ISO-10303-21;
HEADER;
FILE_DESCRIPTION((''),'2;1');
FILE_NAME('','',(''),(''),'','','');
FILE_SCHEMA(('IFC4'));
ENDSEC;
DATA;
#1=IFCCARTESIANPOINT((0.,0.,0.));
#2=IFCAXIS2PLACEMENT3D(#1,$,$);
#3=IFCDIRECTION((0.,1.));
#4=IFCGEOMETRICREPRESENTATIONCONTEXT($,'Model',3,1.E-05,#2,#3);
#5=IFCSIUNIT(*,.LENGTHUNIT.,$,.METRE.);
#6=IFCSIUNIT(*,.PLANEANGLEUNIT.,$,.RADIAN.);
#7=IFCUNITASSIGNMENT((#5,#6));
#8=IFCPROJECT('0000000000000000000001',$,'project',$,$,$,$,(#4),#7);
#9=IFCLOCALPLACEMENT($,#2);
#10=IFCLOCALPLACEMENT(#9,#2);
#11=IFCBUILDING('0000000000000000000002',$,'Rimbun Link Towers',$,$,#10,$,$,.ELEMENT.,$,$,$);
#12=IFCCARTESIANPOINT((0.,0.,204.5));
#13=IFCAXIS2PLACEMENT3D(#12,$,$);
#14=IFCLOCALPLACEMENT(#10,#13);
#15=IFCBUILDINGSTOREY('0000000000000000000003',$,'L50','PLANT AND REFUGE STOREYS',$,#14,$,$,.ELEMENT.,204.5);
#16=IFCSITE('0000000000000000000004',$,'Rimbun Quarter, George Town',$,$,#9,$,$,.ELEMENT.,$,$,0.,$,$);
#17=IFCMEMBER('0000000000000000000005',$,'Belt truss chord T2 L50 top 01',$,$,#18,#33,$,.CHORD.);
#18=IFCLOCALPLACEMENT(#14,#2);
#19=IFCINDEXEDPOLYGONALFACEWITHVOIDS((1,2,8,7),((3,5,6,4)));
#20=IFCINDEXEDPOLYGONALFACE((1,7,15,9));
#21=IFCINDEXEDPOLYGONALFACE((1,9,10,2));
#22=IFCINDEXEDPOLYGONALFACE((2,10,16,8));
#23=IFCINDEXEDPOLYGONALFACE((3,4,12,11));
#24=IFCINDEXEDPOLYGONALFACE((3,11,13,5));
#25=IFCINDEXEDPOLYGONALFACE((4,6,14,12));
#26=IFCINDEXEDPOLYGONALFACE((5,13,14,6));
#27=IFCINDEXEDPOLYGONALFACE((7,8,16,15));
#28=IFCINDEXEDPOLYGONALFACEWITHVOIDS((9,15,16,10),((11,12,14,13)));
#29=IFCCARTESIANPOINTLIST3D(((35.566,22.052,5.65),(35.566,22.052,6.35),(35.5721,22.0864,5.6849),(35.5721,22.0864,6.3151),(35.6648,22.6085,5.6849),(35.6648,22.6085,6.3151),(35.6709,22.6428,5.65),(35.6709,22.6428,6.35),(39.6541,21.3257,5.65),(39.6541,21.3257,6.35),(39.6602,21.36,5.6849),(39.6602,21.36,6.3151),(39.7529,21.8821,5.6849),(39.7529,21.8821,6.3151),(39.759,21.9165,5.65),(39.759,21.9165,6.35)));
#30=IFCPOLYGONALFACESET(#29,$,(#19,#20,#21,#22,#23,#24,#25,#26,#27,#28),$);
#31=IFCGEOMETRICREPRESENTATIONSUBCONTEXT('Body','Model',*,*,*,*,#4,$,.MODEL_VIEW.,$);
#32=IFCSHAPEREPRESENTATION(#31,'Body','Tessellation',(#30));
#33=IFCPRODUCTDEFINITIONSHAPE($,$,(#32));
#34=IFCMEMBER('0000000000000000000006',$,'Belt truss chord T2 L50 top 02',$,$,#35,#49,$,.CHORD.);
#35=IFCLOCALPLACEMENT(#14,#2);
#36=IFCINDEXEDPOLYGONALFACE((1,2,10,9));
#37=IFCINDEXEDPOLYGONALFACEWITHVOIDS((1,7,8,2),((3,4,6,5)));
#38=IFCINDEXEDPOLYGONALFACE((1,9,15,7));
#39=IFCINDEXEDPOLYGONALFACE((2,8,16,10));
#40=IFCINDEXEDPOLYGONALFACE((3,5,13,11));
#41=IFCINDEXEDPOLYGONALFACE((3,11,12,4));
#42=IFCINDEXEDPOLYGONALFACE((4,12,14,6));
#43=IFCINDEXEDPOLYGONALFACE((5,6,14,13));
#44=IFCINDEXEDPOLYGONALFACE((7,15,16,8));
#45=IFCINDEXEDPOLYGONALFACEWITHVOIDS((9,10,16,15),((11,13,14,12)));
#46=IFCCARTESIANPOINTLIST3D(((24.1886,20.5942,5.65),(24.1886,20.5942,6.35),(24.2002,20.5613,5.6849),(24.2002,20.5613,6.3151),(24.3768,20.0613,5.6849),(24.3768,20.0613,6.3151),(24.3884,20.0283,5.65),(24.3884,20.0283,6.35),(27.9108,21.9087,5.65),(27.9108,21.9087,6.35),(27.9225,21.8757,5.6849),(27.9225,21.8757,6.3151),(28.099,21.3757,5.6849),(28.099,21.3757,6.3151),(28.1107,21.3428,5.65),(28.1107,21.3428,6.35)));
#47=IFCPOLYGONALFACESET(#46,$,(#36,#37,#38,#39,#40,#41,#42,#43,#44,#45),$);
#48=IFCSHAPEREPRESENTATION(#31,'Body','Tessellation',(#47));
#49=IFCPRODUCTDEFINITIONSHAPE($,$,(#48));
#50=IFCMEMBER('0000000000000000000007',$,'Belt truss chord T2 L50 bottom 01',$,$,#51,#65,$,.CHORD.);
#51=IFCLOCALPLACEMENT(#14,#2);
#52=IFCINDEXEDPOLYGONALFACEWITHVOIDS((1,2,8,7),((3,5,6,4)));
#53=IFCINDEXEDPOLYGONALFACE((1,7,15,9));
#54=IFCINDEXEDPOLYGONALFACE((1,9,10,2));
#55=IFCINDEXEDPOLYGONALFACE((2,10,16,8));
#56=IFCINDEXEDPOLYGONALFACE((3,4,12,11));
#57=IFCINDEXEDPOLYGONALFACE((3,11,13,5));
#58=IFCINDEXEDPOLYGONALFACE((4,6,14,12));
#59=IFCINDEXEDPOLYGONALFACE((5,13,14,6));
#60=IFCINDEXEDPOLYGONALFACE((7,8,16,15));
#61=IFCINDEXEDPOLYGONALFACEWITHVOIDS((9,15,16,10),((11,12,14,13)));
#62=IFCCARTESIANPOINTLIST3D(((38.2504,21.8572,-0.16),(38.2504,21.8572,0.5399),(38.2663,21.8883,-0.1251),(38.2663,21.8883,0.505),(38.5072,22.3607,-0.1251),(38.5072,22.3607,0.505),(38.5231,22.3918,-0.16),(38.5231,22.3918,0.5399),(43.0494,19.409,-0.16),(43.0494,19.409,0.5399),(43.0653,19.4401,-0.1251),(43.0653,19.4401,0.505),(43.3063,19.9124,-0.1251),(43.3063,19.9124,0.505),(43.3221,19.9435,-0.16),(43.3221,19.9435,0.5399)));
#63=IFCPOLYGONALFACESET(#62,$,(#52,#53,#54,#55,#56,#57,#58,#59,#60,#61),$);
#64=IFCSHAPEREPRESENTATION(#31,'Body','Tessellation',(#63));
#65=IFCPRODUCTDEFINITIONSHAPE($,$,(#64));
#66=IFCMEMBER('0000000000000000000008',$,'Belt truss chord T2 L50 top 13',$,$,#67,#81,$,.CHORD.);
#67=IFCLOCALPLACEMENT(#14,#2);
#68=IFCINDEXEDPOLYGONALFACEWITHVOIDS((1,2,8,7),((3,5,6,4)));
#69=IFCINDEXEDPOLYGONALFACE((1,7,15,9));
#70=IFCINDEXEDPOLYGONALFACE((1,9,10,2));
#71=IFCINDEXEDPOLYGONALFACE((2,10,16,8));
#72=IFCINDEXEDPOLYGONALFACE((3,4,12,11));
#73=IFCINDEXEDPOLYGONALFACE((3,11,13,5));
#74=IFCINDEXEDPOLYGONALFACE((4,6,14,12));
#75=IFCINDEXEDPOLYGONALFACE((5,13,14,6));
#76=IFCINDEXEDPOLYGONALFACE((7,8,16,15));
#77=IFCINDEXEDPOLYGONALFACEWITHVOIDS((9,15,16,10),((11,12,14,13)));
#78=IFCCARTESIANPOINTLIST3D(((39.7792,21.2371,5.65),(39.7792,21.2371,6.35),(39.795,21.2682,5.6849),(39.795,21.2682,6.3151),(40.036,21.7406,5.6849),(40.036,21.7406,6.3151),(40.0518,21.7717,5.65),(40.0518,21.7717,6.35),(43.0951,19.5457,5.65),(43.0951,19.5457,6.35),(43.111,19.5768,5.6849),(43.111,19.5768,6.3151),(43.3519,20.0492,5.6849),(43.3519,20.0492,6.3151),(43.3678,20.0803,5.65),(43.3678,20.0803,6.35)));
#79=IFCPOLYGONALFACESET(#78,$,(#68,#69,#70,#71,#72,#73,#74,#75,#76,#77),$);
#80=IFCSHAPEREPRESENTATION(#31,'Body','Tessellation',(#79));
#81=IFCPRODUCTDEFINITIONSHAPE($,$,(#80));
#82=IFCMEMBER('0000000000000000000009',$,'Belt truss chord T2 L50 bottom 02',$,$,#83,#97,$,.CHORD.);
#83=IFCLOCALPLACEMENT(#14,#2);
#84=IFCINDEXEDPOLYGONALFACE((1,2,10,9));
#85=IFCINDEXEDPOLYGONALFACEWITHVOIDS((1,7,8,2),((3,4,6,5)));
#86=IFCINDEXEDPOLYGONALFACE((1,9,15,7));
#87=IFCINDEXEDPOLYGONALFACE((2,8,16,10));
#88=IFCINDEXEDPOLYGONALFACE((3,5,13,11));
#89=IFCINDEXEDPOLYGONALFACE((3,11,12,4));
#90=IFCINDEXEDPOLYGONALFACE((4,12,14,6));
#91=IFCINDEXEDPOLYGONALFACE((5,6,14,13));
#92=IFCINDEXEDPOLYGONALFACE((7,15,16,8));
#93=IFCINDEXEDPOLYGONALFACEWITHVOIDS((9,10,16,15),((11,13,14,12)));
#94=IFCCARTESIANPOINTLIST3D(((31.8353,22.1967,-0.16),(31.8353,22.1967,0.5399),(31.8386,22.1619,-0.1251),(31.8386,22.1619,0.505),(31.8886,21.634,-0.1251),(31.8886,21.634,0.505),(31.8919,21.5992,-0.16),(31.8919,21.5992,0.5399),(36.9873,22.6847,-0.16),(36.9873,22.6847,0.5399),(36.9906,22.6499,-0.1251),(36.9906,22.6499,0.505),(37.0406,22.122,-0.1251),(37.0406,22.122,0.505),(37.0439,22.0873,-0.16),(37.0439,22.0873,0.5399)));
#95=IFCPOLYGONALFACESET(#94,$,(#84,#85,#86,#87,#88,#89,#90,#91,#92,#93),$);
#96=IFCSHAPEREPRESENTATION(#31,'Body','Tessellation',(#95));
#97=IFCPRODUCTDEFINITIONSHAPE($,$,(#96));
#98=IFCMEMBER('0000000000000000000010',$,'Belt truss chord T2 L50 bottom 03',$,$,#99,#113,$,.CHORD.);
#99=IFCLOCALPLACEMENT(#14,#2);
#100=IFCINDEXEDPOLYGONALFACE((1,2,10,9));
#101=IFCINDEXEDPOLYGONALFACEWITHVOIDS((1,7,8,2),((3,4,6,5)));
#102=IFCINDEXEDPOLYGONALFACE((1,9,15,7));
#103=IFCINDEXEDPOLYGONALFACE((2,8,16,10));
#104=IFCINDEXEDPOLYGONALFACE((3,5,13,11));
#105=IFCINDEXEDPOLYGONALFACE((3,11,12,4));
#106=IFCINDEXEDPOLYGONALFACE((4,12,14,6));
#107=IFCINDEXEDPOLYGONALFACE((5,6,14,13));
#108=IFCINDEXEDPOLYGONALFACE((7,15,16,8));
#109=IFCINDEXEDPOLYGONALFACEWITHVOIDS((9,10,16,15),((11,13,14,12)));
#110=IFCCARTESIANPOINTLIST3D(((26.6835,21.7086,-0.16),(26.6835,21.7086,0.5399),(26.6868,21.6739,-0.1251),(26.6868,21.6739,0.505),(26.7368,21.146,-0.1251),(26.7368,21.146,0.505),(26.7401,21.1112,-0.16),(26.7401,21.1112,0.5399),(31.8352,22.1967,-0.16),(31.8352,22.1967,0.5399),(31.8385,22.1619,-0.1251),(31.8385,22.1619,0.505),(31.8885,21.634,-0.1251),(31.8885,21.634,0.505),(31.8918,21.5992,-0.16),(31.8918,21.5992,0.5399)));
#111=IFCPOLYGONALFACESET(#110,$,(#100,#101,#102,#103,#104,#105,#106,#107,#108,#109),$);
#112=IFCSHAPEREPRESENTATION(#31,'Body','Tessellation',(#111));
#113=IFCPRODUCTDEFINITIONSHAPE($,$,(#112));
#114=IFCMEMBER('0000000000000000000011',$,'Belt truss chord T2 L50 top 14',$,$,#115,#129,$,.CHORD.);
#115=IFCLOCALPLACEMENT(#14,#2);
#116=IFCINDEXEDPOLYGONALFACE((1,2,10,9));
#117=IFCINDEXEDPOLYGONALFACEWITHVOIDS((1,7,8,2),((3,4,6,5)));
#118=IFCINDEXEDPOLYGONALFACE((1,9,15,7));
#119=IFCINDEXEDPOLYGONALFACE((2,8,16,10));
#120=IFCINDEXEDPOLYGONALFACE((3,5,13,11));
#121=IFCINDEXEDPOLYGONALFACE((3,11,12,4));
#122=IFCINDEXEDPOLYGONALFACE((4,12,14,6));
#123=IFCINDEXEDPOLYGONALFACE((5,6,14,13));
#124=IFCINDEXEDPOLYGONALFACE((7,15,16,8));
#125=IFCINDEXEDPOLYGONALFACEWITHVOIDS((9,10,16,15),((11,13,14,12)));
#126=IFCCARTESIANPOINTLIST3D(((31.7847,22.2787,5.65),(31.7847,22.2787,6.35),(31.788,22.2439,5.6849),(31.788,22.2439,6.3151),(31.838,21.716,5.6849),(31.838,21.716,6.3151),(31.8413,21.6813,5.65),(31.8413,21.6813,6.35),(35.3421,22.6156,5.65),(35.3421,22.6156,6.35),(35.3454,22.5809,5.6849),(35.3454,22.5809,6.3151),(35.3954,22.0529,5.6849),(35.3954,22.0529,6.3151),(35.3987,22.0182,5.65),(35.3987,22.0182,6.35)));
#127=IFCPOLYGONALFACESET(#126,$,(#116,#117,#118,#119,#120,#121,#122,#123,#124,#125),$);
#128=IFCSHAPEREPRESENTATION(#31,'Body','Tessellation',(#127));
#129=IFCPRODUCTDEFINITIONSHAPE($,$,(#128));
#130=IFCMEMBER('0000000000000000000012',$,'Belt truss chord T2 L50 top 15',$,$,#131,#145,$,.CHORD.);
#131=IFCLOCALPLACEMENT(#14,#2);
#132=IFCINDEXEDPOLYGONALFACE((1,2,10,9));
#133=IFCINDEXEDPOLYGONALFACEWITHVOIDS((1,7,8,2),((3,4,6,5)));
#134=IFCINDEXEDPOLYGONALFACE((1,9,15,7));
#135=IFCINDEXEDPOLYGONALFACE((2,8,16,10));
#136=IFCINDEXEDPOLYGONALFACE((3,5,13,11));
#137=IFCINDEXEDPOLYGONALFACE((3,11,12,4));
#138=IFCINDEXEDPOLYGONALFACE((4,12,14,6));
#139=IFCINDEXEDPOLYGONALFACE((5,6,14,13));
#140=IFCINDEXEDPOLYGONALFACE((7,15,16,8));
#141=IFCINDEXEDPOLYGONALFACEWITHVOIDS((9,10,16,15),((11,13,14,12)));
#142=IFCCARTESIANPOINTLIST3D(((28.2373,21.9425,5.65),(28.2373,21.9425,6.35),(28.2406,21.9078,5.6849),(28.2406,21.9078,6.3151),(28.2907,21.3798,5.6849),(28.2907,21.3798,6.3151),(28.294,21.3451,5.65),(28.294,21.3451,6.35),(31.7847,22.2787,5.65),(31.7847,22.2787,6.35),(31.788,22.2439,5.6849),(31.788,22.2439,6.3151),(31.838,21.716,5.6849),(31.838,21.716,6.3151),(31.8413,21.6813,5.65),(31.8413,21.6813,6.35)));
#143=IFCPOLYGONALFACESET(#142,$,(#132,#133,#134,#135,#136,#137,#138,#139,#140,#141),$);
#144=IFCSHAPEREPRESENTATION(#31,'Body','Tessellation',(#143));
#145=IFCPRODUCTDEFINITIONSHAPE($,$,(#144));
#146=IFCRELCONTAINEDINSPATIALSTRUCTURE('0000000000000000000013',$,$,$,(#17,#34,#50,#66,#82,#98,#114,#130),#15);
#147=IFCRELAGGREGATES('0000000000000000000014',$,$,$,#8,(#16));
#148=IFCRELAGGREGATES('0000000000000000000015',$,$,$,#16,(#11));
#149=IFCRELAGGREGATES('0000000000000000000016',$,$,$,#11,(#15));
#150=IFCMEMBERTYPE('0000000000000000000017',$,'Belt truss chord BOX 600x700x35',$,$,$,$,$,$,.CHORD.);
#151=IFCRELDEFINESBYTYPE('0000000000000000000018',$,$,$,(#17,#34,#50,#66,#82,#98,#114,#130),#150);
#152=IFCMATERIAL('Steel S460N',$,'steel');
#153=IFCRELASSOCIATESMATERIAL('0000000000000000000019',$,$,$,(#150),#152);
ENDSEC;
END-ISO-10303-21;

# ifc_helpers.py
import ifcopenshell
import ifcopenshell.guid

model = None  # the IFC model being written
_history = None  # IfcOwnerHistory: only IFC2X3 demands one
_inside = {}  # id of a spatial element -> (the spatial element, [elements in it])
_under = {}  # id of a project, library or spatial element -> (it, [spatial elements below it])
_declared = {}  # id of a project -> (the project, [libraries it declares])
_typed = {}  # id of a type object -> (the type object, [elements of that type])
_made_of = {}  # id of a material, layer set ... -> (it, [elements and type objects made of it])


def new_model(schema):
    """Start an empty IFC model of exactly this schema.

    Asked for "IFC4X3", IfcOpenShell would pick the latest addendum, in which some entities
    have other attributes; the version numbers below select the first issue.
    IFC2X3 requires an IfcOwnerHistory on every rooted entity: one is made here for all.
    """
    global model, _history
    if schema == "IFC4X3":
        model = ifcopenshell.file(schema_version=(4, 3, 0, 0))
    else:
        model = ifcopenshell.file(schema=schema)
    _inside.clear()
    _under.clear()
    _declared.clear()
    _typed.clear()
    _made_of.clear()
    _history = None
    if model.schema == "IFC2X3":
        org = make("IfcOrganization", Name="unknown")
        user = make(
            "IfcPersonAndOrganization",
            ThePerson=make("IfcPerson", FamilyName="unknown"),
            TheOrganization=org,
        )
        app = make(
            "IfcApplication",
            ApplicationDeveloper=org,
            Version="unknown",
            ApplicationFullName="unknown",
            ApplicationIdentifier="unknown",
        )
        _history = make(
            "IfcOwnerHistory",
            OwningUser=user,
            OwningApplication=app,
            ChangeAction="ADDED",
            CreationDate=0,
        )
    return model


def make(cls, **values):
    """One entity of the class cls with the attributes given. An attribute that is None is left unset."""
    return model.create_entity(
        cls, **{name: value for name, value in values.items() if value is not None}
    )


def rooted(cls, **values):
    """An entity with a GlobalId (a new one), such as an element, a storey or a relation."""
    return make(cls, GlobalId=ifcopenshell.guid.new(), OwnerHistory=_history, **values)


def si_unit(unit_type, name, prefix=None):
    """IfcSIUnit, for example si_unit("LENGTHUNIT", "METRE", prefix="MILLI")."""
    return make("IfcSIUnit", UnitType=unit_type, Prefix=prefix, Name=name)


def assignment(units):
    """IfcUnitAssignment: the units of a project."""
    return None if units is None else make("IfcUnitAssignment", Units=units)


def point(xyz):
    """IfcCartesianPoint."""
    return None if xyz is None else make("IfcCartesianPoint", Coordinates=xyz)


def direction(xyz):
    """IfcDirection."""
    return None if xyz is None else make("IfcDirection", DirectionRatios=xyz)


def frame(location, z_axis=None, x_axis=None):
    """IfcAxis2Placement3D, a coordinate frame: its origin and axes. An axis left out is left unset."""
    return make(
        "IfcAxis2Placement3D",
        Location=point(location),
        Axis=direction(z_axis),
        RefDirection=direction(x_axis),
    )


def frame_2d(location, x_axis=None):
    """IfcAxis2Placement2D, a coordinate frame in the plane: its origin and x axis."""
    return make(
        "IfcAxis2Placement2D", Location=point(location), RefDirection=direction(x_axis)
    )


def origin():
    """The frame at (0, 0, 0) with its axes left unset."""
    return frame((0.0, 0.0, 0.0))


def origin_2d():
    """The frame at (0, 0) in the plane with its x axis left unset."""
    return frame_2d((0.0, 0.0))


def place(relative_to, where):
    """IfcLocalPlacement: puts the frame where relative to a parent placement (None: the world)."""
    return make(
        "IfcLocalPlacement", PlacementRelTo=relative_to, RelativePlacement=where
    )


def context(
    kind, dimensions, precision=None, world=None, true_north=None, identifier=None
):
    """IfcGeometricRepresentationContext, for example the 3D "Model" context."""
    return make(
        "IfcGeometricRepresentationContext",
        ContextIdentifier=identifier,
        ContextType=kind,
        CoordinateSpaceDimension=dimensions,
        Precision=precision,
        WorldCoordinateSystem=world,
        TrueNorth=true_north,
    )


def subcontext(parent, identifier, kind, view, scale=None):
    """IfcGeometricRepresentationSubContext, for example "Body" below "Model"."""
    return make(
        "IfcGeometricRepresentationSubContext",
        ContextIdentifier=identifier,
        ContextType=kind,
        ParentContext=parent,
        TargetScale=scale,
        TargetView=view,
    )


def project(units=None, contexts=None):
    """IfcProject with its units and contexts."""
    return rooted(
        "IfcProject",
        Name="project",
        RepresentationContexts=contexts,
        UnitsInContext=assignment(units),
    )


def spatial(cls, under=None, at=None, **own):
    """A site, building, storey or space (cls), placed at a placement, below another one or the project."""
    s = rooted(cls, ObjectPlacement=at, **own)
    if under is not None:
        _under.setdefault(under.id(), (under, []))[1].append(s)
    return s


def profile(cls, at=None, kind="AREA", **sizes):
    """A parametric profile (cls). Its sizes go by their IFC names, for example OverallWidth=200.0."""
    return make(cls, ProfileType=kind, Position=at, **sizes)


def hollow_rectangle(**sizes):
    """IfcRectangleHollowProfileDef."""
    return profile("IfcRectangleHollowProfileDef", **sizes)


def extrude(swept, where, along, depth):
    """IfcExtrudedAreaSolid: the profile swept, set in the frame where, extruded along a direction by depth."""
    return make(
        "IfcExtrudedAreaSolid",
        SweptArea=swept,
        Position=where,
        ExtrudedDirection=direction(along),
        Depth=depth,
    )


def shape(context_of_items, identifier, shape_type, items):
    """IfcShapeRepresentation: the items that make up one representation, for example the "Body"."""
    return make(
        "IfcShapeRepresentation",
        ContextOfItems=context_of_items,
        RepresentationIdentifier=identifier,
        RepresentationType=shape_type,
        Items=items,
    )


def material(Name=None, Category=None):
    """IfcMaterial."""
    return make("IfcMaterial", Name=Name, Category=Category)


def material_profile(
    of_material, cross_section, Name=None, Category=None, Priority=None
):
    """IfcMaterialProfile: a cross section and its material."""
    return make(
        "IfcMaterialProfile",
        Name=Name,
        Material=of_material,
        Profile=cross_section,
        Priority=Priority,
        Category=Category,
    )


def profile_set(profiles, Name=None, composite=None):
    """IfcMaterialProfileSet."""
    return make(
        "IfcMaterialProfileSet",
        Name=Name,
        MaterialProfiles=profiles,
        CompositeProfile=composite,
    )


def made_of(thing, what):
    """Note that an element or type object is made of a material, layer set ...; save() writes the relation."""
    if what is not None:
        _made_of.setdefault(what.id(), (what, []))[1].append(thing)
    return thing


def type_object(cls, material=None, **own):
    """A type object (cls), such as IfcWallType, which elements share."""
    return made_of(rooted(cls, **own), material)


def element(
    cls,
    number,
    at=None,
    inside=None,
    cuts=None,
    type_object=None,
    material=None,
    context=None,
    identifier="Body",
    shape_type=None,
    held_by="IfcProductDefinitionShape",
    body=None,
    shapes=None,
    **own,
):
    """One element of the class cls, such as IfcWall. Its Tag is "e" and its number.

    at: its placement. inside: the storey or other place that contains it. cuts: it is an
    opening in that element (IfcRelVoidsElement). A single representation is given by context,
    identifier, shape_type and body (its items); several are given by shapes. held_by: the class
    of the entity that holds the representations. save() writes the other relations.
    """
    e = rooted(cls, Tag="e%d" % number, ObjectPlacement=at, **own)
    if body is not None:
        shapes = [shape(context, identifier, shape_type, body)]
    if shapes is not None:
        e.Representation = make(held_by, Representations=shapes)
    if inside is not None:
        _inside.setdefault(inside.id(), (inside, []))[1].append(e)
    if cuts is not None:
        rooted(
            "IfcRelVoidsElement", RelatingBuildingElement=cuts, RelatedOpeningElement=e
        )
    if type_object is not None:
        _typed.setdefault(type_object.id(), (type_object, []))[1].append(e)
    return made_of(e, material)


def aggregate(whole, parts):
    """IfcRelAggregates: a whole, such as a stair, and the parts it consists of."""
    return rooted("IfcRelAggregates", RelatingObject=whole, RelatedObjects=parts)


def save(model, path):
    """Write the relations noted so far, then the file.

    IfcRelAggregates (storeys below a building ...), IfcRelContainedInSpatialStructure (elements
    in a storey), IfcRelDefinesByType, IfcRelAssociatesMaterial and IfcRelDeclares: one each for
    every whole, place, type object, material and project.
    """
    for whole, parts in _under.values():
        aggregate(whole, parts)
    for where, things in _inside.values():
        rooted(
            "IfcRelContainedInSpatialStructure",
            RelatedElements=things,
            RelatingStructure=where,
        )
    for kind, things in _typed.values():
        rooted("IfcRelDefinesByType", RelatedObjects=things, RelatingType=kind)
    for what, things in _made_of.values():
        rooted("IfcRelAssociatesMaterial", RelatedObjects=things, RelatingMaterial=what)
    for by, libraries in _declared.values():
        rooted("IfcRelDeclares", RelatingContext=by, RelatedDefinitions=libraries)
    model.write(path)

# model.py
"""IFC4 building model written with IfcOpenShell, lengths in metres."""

from ifc_helpers import new_model, si_unit, direction, frame, origin, origin_2d, place, context, subcontext, project, spatial, hollow_rectangle, extrude, material, material_profile, profile_set, type_object, element, save


model = new_model("IFC4")

# Units and contexts
model_context = context("Model", 3, precision=1e-05, world=origin(), true_north=direction((0.0, 1.0)))
body_context = subcontext(model_context, "Body", "Model", "MODEL_VIEW")
ifc_project = project(units=[si_unit("LENGTHUNIT", "METRE"), si_unit("PLANEANGLEUNIT", "RADIAN")], contexts=[model_context])

# Site, building, storey
site_placement = place(None, origin())
site = spatial("IfcSite", under=ifc_project, at=site_placement, Name="Rimbun Quarter, George Town", CompositionType="ELEMENT", RefElevation=0.0)
building_placement = place(site_placement, origin())
building = spatial("IfcBuilding", under=site, at=building_placement, Name="Rimbun Link Towers", CompositionType="ELEMENT")
storey_placement = place(building_placement, frame((0.0, 0.0, 204.5)))
storey = spatial("IfcBuildingStorey", under=building, at=storey_placement, Name="L50", Description="PLANT AND REFUGE STOREYS", CompositionType="ELEMENT", Elevation=204.5)

# Members
ifc_material_1 = material(Name="Steel S460N", Category="steel")
ifc_material_profile_1 = material_profile(ifc_material_1, hollow_rectangle(XDim=0.6001, YDim=0.7, WallThickness=0.0349, at=origin_2d()), Name="Belt truss chord BOX 600x700x35")
ifc_profile_set_1 = profile_set([ifc_material_profile_1], Name="Steel S460N")
member_type_1 = type_object("IfcMemberType", Name="Belt truss chord BOX 600x700x35", PredefinedType="CHORD", material=ifc_profile_set_1)
member_1_placement = place(storey_placement, frame((39.7065, 21.6211, 6.0), z_axis=(-0.984582, 0.174926, 0.0), x_axis=(-0.174926, -0.984582, 0.0)))
element("IfcMember", 1, at=member_1_placement, inside=storey, type_object=member_type_1, Name="Belt truss chord T2 L50 top 01", PredefinedType="CHORD", context=body_context, shape_type="SweptSolid", body=[
    extrude(hollow_rectangle(XDim=0.6001, YDim=0.7, WallThickness=0.0349, at=origin_2d()), origin(), (0.0, 0.0, 1.0), 4.1521),
])
member_2_placement = place(storey_placement, frame((28.0107, 21.6257, 6.0), z_axis=(-0.942931, -0.332988, 0.0), x_axis=(0.332988, -0.942931, 0.0)))
element("IfcMember", 2, at=member_2_placement, inside=storey, type_object=member_type_1, Name="Belt truss chord T2 L50 top 02", PredefinedType="CHORD", context=body_context, shape_type="SweptSolid", body=[
    extrude(hollow_rectangle(XDim=0.6001, YDim=0.7, WallThickness=0.0349, at=origin_2d()), origin(), (0.0, 0.0, 1.0), 3.9475),
])
member_3_placement = place(storey_placement, frame((43.1858, 19.6763, 0.1899), z_axis=(-0.890782, 0.454431, 0.0), x_axis=(-0.454431, -0.890782, 0.0)))
element("IfcMember", 3, at=member_3_placement, inside=storey, type_object=member_type_1, Name="Belt truss chord T2 L50 bottom 01", PredefinedType="CHORD", context=body_context, shape_type="SweptSolid", body=[
    extrude(hollow_rectangle(XDim=0.6001, YDim=0.7, WallThickness=0.0349, at=origin_2d()), origin(), (0.0, 0.0, 1.0), 5.3875),
])
member_4_placement = place(storey_placement, frame((43.2314, 19.813, 6.0), z_axis=(-0.890804, 0.454387, 0.0), x_axis=(-0.454387, -0.890804, 0.0)))
element("IfcMember", 4, at=member_4_placement, inside=storey, type_object=member_type_1, Name="Belt truss chord T2 L50 top 13", PredefinedType="CHORD", context=body_context, shape_type="SweptSolid", body=[
    extrude(hollow_rectangle(XDim=0.6001, YDim=0.7, WallThickness=0.0349, at=origin_2d()), origin(), (0.0, 0.0, 1.0), 3.7224),
])
member_5_placement = place(storey_placement, frame((37.0156, 22.386, 0.1899), z_axis=(-0.995543, -0.094304, 0.0), x_axis=(0.094304, -0.995543, 0.0)))
element("IfcMember", 5, at=member_5_placement, inside=storey, type_object=member_type_1, Name="Belt truss chord T2 L50 bottom 02", PredefinedType="CHORD", context=body_context, shape_type="SweptSolid", body=[
    extrude(hollow_rectangle(XDim=0.6001, YDim=0.7, WallThickness=0.0349, at=origin_2d()), origin(), (0.0, 0.0, 1.0), 5.175),
])
member_6_placement = place(storey_placement, frame((31.8635, 21.8979, 0.1899), z_axis=(-0.995543, -0.094308, 0.0), x_axis=(0.094308, -0.995543, 0.0)))
element("IfcMember", 6, at=member_6_placement, inside=storey, type_object=member_type_1, Name="Belt truss chord T2 L50 bottom 03", PredefinedType="CHORD", context=body_context, shape_type="SweptSolid", body=[
    extrude(hollow_rectangle(XDim=0.6001, YDim=0.7, WallThickness=0.0349, at=origin_2d()), origin(), (0.0, 0.0, 1.0), 5.1748),
])
member_7_placement = place(storey_placement, frame((35.3704, 22.3169, 6.0), z_axis=(-0.995545, -0.094287, 0.0), x_axis=(0.094287, -0.995545, 0.0)))
element("IfcMember", 7, at=member_7_placement, inside=storey, type_object=member_type_1, Name="Belt truss chord T2 L50 top 14", PredefinedType="CHORD", context=body_context, shape_type="SweptSolid", body=[
    extrude(hollow_rectangle(XDim=0.6001, YDim=0.7, WallThickness=0.0349, at=origin_2d()), origin(), (0.0, 0.0, 1.0), 3.5732),
])
member_8_placement = place(storey_placement, frame((31.813, 21.98, 6.0), z_axis=(-0.995539, -0.094347, 0.0), x_axis=(0.094347, -0.995539, 0.0)))
element("IfcMember", 8, at=member_8_placement, inside=storey, type_object=member_type_1, Name="Belt truss chord T2 L50 top 15", PredefinedType="CHORD", context=body_context, shape_type="SweptSolid", body=[
    extrude(hollow_rectangle(XDim=0.6001, YDim=0.7, WallThickness=0.0349, at=origin_2d()), origin(), (0.0, 0.0, 1.0), 3.5632),
])

save(model, "model.ifc")
